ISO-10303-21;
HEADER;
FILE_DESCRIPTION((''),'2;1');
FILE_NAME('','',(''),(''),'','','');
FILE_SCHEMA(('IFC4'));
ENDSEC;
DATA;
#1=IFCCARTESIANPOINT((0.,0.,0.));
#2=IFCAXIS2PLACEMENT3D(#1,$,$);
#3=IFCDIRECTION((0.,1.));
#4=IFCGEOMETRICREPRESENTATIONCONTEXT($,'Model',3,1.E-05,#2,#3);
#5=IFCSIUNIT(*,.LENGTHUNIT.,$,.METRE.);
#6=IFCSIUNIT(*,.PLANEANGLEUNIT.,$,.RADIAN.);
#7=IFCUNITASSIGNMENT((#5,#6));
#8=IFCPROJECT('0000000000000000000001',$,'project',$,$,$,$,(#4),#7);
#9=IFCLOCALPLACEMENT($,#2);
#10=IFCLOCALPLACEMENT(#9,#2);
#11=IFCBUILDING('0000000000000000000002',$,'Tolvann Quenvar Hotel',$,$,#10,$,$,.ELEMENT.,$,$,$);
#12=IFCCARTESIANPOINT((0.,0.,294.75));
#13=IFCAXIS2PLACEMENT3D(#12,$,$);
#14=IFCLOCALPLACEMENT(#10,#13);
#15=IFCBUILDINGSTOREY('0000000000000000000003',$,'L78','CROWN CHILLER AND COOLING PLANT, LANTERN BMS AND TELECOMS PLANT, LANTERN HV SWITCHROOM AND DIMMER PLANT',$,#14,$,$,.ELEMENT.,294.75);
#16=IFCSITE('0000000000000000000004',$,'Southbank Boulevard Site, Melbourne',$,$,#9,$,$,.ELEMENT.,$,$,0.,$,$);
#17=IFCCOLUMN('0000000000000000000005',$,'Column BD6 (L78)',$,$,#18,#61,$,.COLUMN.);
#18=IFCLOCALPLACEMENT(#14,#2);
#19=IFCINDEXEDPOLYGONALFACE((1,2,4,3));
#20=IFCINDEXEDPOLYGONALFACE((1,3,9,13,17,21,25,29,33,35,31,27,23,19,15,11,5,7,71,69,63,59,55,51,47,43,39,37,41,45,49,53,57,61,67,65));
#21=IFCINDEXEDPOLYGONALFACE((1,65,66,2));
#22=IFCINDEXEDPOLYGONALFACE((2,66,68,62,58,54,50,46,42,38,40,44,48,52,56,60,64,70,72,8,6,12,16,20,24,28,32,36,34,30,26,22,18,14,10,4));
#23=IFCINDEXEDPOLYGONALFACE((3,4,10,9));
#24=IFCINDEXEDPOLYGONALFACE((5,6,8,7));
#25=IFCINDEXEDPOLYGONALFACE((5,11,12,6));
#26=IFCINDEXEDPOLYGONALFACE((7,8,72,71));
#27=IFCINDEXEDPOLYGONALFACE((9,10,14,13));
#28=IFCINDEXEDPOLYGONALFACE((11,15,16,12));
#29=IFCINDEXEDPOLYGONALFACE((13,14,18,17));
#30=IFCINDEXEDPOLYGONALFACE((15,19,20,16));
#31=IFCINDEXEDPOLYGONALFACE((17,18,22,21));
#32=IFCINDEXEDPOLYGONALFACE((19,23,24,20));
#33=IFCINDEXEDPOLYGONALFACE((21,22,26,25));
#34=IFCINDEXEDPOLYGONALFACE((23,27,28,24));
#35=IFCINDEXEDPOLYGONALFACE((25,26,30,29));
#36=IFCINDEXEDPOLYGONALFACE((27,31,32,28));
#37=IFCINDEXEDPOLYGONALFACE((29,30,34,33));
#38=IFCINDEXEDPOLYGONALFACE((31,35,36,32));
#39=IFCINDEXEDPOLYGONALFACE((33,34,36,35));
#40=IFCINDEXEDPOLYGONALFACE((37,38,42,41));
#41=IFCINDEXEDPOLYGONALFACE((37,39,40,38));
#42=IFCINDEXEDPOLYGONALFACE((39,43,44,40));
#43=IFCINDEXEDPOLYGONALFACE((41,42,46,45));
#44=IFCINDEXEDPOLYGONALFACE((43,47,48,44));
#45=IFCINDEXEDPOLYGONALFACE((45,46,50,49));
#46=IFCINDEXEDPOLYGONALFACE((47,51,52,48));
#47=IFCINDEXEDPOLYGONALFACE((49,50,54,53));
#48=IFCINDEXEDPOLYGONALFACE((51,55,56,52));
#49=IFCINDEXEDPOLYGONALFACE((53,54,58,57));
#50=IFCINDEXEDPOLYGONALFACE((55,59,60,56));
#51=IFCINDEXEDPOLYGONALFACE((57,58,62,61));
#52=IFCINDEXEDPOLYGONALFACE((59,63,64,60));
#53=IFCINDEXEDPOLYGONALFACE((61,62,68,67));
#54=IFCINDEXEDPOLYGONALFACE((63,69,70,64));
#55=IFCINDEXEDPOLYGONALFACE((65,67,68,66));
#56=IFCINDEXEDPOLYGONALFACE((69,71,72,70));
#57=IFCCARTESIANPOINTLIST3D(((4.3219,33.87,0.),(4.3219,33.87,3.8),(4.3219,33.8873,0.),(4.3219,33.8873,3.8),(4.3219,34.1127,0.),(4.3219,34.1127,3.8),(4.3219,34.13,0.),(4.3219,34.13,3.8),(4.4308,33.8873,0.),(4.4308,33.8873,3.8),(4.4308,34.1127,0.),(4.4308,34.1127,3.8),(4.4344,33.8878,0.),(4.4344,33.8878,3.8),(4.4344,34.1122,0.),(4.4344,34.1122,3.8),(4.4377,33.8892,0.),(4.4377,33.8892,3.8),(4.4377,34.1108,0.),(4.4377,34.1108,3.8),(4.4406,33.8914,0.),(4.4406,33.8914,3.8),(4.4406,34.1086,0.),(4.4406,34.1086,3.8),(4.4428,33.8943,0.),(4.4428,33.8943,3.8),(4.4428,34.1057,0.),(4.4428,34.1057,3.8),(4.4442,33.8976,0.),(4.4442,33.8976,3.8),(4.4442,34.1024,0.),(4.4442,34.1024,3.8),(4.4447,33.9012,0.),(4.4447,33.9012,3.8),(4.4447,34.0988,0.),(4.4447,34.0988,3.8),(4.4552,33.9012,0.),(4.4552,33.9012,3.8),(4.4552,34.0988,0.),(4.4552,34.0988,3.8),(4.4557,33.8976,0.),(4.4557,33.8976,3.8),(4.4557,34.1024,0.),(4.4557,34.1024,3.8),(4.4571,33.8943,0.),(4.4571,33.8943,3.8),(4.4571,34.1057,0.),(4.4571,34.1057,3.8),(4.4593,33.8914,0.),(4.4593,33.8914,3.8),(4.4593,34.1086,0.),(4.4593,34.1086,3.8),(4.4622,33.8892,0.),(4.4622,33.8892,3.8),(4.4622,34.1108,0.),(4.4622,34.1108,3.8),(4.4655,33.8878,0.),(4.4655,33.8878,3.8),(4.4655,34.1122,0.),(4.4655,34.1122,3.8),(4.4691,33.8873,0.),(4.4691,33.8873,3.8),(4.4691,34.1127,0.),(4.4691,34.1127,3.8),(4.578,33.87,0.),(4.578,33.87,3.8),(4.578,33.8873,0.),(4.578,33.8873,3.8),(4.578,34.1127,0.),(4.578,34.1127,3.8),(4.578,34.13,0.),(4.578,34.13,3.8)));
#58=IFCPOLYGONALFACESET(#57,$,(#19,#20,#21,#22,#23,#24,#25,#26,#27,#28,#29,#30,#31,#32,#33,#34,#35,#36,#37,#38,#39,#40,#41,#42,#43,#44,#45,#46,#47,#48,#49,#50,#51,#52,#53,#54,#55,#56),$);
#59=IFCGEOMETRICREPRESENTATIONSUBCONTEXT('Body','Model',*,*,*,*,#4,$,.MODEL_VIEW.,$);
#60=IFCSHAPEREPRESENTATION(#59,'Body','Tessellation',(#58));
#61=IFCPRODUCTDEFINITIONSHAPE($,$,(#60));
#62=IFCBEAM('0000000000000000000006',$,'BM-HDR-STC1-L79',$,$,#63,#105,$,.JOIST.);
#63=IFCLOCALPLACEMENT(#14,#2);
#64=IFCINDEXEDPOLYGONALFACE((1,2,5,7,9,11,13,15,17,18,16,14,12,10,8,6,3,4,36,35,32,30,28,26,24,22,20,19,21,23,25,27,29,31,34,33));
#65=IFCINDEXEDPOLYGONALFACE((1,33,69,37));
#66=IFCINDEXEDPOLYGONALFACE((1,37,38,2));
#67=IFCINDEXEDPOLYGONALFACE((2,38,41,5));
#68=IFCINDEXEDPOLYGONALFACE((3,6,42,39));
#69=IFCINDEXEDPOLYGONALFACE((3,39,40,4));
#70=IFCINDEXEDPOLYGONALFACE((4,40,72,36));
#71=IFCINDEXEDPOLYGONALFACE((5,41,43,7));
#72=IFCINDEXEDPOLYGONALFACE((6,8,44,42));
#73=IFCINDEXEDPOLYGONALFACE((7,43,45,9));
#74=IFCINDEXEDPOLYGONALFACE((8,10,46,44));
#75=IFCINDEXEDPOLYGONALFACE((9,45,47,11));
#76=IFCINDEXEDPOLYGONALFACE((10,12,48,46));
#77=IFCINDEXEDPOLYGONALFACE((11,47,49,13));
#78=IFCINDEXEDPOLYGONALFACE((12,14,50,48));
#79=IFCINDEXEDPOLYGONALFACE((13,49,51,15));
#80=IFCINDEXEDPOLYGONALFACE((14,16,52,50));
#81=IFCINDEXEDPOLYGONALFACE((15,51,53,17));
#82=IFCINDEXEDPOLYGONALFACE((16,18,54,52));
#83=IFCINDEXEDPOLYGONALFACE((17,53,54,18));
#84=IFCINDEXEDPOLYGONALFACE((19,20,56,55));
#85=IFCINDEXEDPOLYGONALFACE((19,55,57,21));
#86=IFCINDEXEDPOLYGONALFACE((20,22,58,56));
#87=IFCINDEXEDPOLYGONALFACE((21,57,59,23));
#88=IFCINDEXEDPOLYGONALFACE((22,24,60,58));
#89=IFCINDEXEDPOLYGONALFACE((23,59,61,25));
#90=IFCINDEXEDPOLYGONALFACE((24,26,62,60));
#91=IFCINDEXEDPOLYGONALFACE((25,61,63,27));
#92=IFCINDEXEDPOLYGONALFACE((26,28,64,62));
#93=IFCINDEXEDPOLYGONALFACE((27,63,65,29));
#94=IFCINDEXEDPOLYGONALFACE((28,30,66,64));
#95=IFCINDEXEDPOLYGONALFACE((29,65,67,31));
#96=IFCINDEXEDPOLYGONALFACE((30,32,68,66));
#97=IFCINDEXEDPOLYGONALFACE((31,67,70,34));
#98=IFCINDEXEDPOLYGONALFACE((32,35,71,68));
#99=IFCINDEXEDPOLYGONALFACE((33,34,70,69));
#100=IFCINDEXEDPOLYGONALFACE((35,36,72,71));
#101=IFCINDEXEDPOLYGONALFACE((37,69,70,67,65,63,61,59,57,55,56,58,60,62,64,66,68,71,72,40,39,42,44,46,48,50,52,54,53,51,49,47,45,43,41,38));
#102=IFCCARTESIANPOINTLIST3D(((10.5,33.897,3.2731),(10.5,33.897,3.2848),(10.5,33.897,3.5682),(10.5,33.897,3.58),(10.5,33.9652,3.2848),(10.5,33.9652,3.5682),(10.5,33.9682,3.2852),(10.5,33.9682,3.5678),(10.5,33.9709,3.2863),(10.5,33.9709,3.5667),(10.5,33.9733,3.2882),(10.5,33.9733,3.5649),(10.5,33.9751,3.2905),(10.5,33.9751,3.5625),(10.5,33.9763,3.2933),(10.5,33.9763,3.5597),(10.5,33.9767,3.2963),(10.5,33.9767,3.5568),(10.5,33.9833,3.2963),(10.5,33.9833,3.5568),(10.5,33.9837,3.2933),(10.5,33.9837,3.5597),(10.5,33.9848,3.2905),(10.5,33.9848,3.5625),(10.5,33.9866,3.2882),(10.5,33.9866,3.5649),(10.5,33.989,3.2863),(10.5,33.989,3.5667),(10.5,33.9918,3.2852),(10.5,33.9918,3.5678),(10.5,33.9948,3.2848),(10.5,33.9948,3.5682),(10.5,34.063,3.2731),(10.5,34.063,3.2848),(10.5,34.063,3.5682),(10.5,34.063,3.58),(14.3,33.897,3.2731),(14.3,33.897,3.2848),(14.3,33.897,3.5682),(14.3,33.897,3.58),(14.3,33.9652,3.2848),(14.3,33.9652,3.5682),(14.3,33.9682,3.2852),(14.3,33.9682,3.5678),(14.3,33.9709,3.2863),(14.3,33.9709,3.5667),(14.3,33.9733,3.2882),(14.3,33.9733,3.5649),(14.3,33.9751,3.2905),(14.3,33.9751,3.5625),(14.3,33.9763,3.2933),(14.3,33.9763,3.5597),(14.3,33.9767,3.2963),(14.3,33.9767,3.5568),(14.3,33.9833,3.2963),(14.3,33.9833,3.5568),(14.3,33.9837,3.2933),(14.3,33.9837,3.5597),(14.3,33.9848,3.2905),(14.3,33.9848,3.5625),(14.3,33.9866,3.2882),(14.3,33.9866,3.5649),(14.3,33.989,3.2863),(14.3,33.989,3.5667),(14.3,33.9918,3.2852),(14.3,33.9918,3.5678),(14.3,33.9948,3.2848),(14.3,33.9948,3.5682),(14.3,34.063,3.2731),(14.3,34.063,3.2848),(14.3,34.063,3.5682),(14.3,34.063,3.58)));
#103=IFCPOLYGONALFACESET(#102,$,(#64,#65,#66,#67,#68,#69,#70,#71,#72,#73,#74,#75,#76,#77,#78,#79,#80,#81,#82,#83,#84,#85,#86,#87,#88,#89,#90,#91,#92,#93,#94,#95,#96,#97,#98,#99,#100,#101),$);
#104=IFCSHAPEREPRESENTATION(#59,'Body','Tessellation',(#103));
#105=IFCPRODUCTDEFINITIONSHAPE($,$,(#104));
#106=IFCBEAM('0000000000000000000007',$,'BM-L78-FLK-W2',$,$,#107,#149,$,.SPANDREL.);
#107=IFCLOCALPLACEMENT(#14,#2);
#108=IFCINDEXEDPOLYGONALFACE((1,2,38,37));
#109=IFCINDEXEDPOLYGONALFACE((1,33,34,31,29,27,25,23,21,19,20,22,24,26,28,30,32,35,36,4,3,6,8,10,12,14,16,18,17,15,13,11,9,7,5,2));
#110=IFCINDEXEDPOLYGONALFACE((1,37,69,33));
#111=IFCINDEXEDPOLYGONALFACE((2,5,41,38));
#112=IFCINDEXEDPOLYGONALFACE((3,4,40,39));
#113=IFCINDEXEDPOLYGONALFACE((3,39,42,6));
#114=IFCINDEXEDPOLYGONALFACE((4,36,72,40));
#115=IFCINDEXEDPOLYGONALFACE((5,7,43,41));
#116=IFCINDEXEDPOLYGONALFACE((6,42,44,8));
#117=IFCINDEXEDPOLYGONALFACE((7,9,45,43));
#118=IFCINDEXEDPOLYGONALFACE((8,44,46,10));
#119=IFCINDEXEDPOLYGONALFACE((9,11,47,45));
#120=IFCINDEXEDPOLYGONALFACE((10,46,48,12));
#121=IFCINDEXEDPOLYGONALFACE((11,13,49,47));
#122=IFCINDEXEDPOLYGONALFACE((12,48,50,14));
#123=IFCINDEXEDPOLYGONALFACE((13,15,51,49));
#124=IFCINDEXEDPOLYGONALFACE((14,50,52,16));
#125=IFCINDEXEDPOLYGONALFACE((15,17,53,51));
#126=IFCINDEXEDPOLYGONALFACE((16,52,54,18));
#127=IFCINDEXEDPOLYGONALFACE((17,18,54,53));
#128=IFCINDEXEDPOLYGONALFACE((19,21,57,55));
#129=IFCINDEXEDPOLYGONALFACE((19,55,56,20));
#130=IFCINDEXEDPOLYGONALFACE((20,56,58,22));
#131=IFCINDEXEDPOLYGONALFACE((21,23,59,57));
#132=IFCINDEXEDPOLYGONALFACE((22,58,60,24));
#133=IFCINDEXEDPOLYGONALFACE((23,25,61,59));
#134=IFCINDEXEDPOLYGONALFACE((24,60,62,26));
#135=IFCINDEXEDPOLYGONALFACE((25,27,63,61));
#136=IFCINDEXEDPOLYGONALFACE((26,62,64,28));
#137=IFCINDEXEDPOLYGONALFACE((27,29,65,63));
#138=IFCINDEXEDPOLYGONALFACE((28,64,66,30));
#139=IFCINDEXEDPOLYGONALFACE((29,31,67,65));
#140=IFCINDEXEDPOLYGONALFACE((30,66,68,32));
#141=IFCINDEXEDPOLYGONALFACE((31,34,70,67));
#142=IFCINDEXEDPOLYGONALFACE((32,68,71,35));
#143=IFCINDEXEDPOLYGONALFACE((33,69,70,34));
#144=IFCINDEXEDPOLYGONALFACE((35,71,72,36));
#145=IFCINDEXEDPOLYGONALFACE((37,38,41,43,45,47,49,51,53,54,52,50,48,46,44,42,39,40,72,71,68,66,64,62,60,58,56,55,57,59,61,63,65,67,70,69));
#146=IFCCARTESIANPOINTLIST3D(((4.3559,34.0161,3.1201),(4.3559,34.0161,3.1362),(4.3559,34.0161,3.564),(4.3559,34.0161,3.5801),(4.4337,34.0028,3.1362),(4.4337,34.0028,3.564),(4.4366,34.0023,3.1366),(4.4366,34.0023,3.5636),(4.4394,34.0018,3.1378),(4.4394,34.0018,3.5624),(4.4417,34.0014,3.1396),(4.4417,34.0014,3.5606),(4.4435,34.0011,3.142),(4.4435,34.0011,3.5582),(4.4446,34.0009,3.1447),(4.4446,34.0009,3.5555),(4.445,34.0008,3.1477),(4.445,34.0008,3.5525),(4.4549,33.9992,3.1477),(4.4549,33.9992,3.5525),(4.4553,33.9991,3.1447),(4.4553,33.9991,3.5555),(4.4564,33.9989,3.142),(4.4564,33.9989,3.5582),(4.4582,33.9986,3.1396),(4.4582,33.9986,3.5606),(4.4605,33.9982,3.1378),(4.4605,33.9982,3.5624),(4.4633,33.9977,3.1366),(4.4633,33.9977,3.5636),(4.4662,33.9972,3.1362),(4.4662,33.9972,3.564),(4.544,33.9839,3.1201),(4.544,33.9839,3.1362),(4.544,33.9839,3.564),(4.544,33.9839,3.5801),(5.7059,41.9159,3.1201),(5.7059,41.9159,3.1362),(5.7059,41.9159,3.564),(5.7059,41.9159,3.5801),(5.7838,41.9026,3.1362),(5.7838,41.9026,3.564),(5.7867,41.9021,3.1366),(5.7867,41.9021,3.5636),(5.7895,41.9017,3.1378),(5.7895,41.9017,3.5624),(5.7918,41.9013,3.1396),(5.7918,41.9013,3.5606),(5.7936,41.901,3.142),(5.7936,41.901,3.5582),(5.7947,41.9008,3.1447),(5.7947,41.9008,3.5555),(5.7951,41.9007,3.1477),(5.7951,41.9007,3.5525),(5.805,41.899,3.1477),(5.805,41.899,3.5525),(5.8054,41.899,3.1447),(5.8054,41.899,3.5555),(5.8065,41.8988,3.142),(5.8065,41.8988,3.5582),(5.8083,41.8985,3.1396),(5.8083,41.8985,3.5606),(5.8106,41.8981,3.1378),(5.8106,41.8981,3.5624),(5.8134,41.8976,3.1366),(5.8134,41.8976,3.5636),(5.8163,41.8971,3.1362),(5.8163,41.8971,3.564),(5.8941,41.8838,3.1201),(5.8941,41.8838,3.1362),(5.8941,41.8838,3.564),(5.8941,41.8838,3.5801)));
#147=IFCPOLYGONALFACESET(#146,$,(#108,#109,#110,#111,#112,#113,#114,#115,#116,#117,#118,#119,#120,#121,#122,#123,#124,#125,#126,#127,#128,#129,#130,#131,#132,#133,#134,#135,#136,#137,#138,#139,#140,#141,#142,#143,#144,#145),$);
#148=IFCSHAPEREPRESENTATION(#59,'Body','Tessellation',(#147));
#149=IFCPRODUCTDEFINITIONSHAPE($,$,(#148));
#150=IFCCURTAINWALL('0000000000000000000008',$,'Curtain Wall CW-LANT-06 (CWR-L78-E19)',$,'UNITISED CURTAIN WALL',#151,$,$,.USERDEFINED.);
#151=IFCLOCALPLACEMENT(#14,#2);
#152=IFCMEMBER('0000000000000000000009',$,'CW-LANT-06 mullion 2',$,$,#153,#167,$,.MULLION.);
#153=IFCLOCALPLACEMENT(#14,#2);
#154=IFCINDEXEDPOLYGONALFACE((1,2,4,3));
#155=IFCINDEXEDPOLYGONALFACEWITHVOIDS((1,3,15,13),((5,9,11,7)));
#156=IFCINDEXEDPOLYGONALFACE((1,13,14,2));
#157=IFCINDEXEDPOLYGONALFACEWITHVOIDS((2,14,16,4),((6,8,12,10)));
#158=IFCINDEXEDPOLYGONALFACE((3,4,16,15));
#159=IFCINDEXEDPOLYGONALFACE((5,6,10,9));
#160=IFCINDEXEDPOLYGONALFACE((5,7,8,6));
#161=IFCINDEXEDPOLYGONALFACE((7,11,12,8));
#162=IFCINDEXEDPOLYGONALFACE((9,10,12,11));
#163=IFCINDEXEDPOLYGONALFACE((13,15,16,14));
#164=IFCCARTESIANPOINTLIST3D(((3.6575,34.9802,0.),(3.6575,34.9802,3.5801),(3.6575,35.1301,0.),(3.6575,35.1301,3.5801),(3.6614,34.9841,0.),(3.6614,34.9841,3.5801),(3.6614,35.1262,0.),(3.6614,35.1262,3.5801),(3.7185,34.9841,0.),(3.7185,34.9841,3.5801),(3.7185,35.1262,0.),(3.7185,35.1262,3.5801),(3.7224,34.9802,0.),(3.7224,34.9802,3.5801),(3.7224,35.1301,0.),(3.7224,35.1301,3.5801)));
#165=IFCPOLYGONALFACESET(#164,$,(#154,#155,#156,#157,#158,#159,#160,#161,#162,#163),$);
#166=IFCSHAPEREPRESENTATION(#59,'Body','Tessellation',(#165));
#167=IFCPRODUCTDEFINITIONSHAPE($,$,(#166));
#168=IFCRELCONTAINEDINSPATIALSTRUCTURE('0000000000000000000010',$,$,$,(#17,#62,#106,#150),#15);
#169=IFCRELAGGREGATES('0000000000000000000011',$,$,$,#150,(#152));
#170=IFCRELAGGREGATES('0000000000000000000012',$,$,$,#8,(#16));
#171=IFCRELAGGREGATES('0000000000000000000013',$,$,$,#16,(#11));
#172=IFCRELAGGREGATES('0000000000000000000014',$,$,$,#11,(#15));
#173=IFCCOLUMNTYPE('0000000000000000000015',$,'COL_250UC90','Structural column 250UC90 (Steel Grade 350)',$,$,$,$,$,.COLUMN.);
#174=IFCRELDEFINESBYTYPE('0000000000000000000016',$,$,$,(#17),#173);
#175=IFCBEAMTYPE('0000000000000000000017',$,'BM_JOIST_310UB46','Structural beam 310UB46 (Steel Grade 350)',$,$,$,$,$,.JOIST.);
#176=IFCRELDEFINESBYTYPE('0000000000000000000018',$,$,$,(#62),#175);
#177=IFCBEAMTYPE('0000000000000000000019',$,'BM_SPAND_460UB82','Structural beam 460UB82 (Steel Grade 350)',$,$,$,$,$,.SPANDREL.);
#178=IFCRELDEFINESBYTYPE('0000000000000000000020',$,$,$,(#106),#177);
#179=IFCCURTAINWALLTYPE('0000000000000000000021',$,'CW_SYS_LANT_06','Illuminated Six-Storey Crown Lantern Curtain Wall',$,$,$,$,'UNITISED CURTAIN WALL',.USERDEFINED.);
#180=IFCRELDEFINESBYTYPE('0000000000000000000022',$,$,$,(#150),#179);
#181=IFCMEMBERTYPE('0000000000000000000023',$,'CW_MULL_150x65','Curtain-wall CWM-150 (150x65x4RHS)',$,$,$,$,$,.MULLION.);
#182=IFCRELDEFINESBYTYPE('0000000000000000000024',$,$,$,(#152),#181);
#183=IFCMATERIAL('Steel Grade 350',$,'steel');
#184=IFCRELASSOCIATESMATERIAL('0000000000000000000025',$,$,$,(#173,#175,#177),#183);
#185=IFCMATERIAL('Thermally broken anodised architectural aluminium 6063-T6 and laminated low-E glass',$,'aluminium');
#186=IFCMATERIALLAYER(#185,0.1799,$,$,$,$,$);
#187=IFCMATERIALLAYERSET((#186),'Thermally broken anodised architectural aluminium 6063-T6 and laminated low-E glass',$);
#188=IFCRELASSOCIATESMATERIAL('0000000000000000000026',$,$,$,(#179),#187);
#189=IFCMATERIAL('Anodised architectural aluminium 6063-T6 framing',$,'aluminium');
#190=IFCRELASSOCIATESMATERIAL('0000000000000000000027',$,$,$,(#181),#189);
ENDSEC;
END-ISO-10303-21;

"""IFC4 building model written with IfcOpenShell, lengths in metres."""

from ifc_helpers import new_model, si_unit, direction, frame, origin, origin_2d, place, context, subcontext, project, spatial, hollow_rectangle, i_section, extrude, source, transform, mapped, material, layer, layer_set, material_profile, profile_set, type_object, type_shapes, element, aggregate, save


model = new_model("IFC4")

# Units and contexts
model_context = context("Model", 3, precision=1e-05, world=origin(), true_north=direction((0.0, 1.0)))
body_context = subcontext(model_context, "Body", "Model", "MODEL_VIEW")
ifc_project = project(units=[si_unit("LENGTHUNIT", "METRE"), si_unit("PLANEANGLEUNIT", "RADIAN")], contexts=[model_context])

# Site, building, storey
site_placement = place(None, origin())
site = spatial("IfcSite", under=ifc_project, at=site_placement, Name="Southbank Boulevard Site, Melbourne", CompositionType="ELEMENT", RefElevation=0.0)
building_placement = place(site_placement, origin())
building = spatial("IfcBuilding", under=site, at=building_placement, Name="Tolvann Quenvar Hotel", CompositionType="ELEMENT")
storey_placement = place(building_placement, frame((0.0, 0.0, 294.75)))
storey = spatial("IfcBuildingStorey", under=building, at=storey_placement, Name="L78", Description="CROWN CHILLER AND COOLING PLANT, LANTERN BMS AND TELECOMS PLANT, LANTERN HV SWITCHROOM AND DIMMER PLANT", CompositionType="ELEMENT", Elevation=294.75)

# Column
ifc_material_1 = material(Name="Steel Grade 350", Category="steel")
ifc_material_profile_1 = material_profile(ifc_material_1, i_section(OverallWidth=0.2561, OverallDepth=0.26, WebThickness=0.0105, FlangeThickness=0.0173, FilletRadius=0.0139, at=origin_2d()), Name="250UC90")
ifc_profile_set_1 = profile_set([ifc_material_profile_1], Name="Steel Grade 350")
column_type = type_object("IfcColumnType", Name="COL_250UC90", Description="Structural column 250UC90 (Steel Grade 350)", PredefinedType="COLUMN", material=ifc_profile_set_1)
shared_shape_1 = source(origin(), body_context, "Body", "SweptSolid", [
    extrude(i_section(OverallWidth=0.2561, OverallDepth=0.26, WebThickness=0.0105, FlangeThickness=0.0173, FilletRadius=0.0139, at=origin_2d()), origin(), (0.0, 0.0, 1.0), 3.8),
])
type_shapes(column_type, [shared_shape_1])
column_placement = place(storey_placement, frame((4.45, 34.0, 0.0), z_axis=(0.0, 0.0, 1.0), x_axis=(1.0, 0.0, 0.0)))
element("IfcColumn", 1, at=column_placement, inside=storey, type_object=column_type, Name="Column BD6 (L78)", PredefinedType="COLUMN", context=body_context, shape_type="MappedRepresentation", body=[
    mapped(shared_shape_1, transform((0.0, 0.0, 0.0), x_axis=(1.0, 0.0, 0.0), y_axis=(0.0, 1.0, 0.0), z_axis=(0.0, 0.0, 1.0), scale=1.0)),
])

# Beams
ifc_material_profile_2 = material_profile(ifc_material_1, i_section(OverallWidth=0.166, OverallDepth=0.3069, WebThickness=0.0066, FlangeThickness=0.0117, FilletRadius=0.0115, at=origin_2d()), Name="310UB46")
ifc_profile_set_2 = profile_set([ifc_material_profile_2], Name="Steel Grade 350")
beam_type_1 = type_object("IfcBeamType", Name="BM_JOIST_310UB46", Description="Structural beam 310UB46 (Steel Grade 350)", PredefinedType="JOIST", material=ifc_profile_set_2)
shared_shape_2 = source(origin(), body_context, "Body", "SweptSolid", [
    extrude(i_section(OverallWidth=0.166, OverallDepth=0.3069, WebThickness=0.0066, FlangeThickness=0.0117, FilletRadius=0.0115, at=origin_2d()), origin(), (0.0, 0.0, 1.0), 3.8),
])
type_shapes(beam_type_1, [shared_shape_2])
beam_1_placement = place(storey_placement, frame((10.5, 33.98, 3.4265), z_axis=(1.0, 0.0, 0.0), x_axis=(0.0, 1.0, 0.0)))
element("IfcBeam", 2, at=beam_1_placement, inside=storey, type_object=beam_type_1, Name="BM-HDR-STC1-L79", PredefinedType="JOIST", context=body_context, shape_type="MappedRepresentation", body=[
    mapped(shared_shape_2, transform((0.0, 0.0, 0.0), x_axis=(1.0, 0.0, 0.0), y_axis=(0.0, 1.0, 0.0), z_axis=(0.0, 0.0, 1.0), scale=1.0)),
])
ifc_material_profile_3 = material_profile(ifc_material_1, i_section(OverallWidth=0.1909, OverallDepth=0.46, WebThickness=0.01, FlangeThickness=0.0161, FilletRadius=0.0115, at=origin_2d()), Name="460UB82")
ifc_profile_set_3 = profile_set([ifc_material_profile_3], Name="Steel Grade 350")
beam_type_2 = type_object("IfcBeamType", Name="BM_SPAND_460UB82", Description="Structural beam 460UB82 (Steel Grade 350)", PredefinedType="SPANDREL", material=ifc_profile_set_3)
shared_shape_3 = source(origin(), body_context, "Body", "SweptSolid", [
    extrude(i_section(OverallWidth=0.1909, OverallDepth=0.46, WebThickness=0.01, FlangeThickness=0.0161, FilletRadius=0.0115, at=origin_2d()), origin(), (0.0, 0.0, 1.0), 8.0144),
])
type_shapes(beam_type_2, [shared_shape_3])
beam_2_placement = place(storey_placement, frame((4.45, 34.0, 3.3501), z_axis=(0.168458, 0.985709, 0.0), x_axis=(-0.985709, 0.168458, 0.0)))
element("IfcBeam", 3, at=beam_2_placement, inside=storey, type_object=beam_type_2, Name="BM-L78-FLK-W2", PredefinedType="SPANDREL", context=body_context, shape_type="MappedRepresentation", body=[
    mapped(shared_shape_3, transform((0.0, 0.0, 0.0), x_axis=(1.0, 0.0, 0.0), y_axis=(0.0, 1.0, 0.0), z_axis=(0.0, 0.0, 1.0), scale=1.0)),
])

# Curtain wall, member
ifc_material_2 = material(Name="Thermally broken anodised architectural aluminium 6063-T6 and laminated low-E glass", Category="aluminium")
ifc_layer_1 = layer(ifc_material_2, 0.1799)
ifc_layer_set_1 = layer_set([ifc_layer_1], Name="Thermally broken anodised architectural aluminium 6063-T6 and laminated low-E glass")
curtain_wall_type = type_object("IfcCurtainWallType", Name="CW_SYS_LANT_06", Description="Illuminated Six-Storey Crown Lantern Curtain Wall", ElementType="UNITISED CURTAIN WALL", PredefinedType="USERDEFINED", material=ifc_layer_set_1)
curtain_wall_placement = place(storey_placement, origin())
curtain_wall = element("IfcCurtainWall", 4, at=curtain_wall_placement, inside=storey, type_object=curtain_wall_type, Name="Curtain Wall CW-LANT-06 (CWR-L78-E19)", ObjectType="UNITISED CURTAIN WALL", PredefinedType="USERDEFINED")
ifc_material_3 = material(Name="Anodised architectural aluminium 6063-T6 framing", Category="aluminium")
ifc_material_profile_4 = material_profile(ifc_material_3, hollow_rectangle(XDim=0.0649, YDim=0.1499, WallThickness=0.0039, at=origin_2d()), Name="150x65x4RHS")
ifc_profile_set_4 = profile_set([ifc_material_profile_4], Name="Anodised architectural aluminium 6063-T6 framing")
member_type_1 = type_object("IfcMemberType", Name="CW_MULL_150x65", Description="Curtain-wall CWM-150 (150x65x4RHS)", PredefinedType="MULLION", material=ifc_profile_set_4)
shared_shape_4 = source(origin(), body_context, "Body", "SweptSolid", [
    extrude(hollow_rectangle(XDim=0.0649, YDim=0.1499, WallThickness=0.0039, at=origin_2d()), origin(), (0.0, 0.0, 1.0), 3.5801),
])
type_shapes(member_type_1, [shared_shape_4])
member_1_placement = place(storey_placement, frame((3.6899, 35.0552, 0.0), z_axis=(0.0, 0.0, 1.0), x_axis=(1.0, 0.0, 0.0)))
member_1 = element("IfcMember", 5, at=member_1_placement, type_object=member_type_1, Name="CW-LANT-06 mullion 2", PredefinedType="MULLION", context=body_context, shape_type="MappedRepresentation", body=[
    mapped(shared_shape_4, transform((0.0, 0.0, 0.0), x_axis=(1.0, 0.0, 0.0), y_axis=(0.0, 1.0, 0.0), z_axis=(0.0, 0.0, 1.0), scale=1.0)),
])

aggregate(curtain_wall, [member_1])

save(model, "model.ifc")
